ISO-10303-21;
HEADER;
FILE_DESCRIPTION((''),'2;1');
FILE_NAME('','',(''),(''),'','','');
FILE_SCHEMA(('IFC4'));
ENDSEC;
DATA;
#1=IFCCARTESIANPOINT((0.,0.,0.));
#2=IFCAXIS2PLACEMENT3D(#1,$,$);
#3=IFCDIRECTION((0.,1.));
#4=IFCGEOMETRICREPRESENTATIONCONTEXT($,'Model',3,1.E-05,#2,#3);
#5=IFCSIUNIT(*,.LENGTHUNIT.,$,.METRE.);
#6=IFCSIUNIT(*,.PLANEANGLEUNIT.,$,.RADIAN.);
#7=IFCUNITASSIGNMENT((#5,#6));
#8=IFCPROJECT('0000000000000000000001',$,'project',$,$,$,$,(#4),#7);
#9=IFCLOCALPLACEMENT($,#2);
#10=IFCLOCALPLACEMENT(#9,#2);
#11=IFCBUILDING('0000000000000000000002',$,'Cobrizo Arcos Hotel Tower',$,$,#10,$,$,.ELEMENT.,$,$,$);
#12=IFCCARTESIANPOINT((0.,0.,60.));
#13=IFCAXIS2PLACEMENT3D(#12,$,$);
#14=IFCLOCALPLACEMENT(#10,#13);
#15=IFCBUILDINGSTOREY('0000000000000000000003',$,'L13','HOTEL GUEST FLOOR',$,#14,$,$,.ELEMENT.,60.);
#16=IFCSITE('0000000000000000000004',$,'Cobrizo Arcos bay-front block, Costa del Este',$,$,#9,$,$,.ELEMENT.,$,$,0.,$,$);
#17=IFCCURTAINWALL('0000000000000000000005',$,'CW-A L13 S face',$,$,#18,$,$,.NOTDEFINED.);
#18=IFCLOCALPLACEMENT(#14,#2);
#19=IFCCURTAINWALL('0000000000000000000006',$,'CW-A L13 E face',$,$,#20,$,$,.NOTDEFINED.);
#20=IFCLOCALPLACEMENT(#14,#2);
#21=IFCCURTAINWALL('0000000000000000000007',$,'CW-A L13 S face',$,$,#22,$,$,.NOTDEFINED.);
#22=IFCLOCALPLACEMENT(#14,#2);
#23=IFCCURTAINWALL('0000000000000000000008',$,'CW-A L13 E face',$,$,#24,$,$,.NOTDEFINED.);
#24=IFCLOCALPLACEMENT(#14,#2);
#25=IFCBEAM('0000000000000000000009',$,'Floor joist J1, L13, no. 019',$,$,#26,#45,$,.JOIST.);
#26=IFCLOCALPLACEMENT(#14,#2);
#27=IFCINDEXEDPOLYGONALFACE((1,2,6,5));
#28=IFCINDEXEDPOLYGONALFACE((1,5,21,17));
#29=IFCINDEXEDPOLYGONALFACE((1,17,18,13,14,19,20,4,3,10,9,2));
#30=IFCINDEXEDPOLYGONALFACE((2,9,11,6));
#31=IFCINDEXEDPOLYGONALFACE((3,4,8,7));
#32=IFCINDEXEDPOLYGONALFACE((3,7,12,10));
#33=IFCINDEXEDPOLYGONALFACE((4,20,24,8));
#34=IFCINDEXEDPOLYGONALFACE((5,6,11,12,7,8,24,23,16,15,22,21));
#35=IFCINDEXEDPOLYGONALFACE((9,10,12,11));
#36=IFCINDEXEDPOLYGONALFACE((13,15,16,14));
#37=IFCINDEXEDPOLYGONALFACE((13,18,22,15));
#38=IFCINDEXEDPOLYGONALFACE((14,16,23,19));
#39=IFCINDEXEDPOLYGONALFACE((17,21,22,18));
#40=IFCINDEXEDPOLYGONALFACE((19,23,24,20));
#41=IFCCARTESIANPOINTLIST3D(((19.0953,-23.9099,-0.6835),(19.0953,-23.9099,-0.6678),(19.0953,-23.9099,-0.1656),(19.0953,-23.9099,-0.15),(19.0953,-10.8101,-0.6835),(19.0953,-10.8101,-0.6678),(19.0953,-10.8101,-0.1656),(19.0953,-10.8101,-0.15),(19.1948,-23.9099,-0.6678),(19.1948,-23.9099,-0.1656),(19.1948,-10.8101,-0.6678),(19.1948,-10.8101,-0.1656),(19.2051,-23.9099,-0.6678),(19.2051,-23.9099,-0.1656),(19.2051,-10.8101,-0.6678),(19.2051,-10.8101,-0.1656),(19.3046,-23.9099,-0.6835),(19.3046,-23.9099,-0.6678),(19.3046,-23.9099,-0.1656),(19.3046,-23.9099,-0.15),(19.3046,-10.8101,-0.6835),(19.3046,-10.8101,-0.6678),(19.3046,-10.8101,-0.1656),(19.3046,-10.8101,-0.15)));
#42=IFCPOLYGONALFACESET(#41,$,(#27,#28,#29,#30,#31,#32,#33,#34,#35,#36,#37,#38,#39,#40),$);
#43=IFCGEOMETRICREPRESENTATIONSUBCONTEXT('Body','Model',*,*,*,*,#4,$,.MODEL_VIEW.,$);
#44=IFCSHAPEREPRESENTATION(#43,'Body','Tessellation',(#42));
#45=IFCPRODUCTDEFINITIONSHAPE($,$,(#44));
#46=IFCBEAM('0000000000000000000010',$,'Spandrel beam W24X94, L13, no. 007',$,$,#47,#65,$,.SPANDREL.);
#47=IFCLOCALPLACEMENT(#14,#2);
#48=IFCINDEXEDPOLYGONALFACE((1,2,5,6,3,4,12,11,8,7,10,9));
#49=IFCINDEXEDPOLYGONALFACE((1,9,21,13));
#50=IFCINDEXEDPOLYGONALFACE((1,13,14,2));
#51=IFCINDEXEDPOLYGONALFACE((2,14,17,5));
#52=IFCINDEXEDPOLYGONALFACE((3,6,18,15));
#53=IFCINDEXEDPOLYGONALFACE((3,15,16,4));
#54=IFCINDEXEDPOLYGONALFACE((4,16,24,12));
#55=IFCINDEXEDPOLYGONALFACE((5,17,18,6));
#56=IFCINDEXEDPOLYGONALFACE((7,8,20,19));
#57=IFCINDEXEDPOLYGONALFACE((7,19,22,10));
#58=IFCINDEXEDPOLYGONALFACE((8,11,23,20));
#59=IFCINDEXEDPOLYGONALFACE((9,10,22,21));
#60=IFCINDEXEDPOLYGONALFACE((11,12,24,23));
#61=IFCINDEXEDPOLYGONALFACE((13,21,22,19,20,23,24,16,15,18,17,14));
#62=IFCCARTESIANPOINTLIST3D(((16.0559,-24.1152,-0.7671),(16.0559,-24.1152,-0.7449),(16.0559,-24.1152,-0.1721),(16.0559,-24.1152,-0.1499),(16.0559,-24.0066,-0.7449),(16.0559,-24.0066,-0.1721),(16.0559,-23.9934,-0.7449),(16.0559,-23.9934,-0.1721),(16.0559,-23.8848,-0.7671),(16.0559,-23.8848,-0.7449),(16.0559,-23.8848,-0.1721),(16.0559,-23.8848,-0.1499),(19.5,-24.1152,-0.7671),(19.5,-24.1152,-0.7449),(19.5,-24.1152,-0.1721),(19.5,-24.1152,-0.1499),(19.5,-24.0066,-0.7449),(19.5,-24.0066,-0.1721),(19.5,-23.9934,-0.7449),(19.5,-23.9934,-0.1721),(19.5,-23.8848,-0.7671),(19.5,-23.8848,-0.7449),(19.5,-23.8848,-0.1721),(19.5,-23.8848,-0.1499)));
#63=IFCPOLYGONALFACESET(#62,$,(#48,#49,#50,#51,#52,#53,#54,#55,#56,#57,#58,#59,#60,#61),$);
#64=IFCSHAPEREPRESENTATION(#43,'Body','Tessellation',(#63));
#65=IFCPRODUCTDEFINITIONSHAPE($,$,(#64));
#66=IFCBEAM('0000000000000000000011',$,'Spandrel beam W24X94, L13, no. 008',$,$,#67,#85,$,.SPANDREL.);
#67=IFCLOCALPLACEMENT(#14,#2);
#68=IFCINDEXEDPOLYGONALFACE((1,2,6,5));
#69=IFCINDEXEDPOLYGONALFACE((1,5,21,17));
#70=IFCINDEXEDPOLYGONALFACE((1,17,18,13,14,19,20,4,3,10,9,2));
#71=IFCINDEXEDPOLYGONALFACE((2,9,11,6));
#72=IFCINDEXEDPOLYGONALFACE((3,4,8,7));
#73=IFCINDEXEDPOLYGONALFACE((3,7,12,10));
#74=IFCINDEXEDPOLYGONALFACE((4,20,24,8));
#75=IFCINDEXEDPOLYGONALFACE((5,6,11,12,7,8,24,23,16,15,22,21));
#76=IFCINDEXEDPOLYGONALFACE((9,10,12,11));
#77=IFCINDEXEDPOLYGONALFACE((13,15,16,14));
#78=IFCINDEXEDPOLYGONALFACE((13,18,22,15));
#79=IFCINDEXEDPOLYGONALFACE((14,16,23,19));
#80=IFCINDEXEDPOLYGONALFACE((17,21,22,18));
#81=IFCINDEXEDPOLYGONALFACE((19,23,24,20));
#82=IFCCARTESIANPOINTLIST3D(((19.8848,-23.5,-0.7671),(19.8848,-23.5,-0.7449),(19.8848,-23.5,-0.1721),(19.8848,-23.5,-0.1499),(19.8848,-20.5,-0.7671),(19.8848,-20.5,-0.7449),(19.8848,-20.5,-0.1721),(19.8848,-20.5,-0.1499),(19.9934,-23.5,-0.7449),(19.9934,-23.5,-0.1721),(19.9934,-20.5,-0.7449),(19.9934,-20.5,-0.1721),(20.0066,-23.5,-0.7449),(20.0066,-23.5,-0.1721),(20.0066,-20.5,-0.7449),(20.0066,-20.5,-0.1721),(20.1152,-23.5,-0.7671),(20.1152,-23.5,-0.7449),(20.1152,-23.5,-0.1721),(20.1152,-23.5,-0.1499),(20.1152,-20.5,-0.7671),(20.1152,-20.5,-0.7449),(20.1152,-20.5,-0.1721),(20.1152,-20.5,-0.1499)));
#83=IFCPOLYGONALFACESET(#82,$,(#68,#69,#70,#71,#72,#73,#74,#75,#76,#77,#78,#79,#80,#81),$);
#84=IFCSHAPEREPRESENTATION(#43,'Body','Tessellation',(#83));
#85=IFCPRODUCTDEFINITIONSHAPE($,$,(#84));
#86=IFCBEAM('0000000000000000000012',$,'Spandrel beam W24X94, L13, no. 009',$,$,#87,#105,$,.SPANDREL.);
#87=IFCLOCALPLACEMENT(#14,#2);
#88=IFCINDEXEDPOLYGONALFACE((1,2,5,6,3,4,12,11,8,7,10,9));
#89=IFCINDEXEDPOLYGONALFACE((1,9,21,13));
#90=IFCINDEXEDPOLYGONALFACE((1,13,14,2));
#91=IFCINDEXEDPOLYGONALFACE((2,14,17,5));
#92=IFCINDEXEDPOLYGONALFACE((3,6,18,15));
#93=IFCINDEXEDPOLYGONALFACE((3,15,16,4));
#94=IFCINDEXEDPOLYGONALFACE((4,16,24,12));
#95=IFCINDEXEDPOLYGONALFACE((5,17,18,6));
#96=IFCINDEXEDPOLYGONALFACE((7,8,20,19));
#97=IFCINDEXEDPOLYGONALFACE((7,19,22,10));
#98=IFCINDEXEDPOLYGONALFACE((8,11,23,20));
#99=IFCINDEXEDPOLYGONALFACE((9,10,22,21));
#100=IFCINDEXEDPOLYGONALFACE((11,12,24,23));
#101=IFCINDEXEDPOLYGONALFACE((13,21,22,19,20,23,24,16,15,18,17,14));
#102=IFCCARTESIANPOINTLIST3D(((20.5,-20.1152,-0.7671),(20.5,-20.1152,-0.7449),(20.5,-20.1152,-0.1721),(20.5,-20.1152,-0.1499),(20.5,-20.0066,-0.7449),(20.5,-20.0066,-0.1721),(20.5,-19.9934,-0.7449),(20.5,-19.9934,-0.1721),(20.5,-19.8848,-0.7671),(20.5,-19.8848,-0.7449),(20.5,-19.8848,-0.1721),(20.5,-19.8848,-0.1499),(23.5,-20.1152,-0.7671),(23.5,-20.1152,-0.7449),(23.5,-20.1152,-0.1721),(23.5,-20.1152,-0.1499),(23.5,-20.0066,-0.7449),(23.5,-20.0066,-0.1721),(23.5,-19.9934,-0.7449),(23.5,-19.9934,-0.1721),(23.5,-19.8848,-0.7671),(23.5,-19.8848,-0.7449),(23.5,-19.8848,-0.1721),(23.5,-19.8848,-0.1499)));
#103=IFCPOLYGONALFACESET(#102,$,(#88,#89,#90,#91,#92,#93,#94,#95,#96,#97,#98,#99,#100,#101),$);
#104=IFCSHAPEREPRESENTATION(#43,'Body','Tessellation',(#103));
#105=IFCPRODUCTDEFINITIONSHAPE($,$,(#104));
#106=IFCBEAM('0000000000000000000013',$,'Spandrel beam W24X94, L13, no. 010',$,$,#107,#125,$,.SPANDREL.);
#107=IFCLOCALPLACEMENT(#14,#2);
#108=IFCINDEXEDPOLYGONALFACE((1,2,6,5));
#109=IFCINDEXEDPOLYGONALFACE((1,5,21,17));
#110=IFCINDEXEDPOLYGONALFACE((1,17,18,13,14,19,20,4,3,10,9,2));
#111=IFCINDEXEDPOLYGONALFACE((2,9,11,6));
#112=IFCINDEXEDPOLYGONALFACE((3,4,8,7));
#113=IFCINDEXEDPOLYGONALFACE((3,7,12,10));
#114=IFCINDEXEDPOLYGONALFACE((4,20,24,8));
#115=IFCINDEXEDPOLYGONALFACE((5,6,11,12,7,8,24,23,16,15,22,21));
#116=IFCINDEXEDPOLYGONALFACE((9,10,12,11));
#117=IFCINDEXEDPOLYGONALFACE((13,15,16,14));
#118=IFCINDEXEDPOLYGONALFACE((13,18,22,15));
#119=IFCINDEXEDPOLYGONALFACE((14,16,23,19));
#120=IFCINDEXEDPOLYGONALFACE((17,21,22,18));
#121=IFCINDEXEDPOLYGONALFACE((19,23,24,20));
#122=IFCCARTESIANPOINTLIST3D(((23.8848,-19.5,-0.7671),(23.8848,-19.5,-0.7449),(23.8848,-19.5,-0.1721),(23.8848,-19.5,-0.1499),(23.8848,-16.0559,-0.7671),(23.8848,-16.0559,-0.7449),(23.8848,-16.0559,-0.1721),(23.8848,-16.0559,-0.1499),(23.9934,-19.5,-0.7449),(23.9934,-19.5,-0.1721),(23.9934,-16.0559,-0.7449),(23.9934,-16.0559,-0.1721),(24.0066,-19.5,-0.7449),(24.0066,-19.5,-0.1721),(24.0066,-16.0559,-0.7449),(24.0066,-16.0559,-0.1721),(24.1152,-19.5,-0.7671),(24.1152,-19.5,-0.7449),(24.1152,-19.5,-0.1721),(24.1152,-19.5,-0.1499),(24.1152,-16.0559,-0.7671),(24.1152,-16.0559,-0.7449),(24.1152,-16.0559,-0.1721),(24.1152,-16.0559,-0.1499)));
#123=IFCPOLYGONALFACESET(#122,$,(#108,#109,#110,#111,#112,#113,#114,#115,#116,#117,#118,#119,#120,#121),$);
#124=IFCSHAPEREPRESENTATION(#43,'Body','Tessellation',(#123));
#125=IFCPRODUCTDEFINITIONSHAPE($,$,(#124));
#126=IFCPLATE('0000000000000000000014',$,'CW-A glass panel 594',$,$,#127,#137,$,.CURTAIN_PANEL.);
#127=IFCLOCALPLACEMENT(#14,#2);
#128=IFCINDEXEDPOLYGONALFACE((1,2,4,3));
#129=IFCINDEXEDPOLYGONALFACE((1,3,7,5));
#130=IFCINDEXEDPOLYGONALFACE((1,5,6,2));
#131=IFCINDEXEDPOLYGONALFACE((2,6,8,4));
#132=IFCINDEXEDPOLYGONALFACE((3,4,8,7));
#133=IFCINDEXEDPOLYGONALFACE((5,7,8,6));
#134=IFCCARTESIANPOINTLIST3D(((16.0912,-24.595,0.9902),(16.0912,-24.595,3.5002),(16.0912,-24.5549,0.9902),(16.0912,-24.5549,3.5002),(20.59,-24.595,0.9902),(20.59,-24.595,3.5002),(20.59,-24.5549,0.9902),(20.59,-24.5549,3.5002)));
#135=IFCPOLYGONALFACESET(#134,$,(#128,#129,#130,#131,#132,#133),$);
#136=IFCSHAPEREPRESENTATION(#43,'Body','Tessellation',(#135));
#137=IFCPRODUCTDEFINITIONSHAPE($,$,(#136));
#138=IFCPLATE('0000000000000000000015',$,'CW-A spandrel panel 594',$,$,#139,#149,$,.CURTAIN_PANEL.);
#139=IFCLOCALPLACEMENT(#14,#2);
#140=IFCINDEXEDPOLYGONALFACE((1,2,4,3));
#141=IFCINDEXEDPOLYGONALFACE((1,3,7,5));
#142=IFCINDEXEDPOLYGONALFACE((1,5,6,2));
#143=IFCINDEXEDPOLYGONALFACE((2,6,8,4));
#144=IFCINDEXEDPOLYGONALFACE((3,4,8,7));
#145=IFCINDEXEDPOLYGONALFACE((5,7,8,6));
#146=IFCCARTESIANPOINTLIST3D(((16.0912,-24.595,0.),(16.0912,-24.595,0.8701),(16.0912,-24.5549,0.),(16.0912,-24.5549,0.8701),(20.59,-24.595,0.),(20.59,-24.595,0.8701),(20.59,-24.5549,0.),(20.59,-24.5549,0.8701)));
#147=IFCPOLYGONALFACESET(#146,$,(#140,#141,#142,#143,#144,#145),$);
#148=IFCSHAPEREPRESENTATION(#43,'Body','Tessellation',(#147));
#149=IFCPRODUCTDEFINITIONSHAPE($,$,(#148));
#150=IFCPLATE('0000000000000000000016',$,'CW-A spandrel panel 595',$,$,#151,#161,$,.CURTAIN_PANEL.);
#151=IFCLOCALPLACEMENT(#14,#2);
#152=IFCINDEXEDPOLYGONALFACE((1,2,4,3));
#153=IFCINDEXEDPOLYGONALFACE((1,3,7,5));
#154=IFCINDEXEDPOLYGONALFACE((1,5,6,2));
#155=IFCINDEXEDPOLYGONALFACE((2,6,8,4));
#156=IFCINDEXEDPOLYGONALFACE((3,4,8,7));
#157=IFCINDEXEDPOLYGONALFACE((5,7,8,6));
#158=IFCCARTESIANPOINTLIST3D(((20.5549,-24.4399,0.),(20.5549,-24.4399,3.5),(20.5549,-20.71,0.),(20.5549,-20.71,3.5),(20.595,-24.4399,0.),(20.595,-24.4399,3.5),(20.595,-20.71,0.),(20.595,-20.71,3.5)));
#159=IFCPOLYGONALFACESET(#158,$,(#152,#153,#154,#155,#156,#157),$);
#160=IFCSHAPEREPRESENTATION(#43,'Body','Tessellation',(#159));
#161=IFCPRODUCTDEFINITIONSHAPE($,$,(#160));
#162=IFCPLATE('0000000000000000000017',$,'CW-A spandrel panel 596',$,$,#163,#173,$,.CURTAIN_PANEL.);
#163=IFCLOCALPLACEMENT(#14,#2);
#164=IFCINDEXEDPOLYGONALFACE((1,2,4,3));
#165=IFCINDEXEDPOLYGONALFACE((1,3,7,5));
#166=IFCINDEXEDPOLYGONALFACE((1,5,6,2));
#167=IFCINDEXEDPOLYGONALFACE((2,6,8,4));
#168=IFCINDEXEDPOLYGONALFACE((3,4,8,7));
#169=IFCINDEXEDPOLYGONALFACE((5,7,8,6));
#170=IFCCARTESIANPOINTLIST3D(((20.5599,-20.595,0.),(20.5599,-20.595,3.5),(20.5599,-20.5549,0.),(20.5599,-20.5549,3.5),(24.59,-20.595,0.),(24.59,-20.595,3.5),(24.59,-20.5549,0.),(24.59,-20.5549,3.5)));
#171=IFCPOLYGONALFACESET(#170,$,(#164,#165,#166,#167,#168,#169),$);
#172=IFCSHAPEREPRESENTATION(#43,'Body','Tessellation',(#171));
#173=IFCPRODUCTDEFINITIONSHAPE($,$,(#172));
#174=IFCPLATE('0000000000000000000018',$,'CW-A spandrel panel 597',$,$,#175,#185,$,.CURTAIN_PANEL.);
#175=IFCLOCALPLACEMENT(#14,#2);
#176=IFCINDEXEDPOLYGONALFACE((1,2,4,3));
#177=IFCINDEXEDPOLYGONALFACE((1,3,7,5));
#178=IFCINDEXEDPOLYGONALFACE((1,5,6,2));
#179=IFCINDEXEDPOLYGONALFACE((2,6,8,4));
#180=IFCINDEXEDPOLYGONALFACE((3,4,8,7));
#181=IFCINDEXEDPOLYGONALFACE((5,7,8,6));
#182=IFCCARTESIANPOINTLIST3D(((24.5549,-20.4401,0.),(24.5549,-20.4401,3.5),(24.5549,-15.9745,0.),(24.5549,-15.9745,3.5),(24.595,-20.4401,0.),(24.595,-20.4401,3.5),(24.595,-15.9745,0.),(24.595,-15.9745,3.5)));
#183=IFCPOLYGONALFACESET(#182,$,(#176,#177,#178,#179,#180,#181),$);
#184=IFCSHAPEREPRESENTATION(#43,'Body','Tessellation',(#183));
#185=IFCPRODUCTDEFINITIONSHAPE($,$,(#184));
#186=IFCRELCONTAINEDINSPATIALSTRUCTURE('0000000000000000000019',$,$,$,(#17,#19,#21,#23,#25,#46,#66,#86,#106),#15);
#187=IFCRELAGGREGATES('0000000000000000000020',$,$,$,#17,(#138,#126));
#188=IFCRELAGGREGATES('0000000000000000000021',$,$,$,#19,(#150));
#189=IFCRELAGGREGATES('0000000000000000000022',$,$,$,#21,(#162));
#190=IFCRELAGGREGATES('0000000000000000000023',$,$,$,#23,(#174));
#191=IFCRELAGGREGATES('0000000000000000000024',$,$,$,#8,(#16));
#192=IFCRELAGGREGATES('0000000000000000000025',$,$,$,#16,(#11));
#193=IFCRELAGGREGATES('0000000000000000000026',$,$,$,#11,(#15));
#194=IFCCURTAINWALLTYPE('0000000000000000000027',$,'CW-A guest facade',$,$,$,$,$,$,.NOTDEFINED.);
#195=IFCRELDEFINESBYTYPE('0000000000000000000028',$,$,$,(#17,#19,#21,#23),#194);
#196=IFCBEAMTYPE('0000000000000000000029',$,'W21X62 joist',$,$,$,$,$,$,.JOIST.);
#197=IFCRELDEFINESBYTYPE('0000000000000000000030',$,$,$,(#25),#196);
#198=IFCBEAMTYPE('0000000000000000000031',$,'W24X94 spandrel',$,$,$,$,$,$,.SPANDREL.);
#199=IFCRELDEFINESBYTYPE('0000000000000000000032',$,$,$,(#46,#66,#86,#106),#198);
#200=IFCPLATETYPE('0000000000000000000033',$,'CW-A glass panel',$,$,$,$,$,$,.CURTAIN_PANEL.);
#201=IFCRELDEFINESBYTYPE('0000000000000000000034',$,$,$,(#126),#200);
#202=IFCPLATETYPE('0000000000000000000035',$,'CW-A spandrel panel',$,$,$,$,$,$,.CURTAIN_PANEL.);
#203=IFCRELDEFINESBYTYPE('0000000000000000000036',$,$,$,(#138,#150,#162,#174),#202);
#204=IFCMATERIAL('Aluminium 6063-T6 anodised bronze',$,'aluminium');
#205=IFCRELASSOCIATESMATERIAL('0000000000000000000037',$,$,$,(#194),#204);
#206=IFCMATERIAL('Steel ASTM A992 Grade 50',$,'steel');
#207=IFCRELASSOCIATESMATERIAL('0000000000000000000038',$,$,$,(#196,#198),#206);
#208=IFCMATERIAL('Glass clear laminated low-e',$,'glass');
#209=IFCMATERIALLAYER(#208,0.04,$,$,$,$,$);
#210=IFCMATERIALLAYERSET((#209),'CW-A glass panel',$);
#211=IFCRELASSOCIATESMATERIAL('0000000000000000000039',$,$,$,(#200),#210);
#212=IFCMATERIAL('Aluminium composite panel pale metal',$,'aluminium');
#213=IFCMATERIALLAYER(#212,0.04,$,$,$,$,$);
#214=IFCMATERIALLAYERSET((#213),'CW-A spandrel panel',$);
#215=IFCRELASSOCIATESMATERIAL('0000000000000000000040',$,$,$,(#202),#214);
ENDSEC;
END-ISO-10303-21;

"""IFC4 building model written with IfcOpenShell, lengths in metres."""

from ifc_helpers import new_model, si_unit, direction, frame, origin, origin_2d, place, context, subcontext, project, spatial, rectangle, i_section, extrude, material, layer, layer_set, material_profile, profile_set, type_object, element, aggregate, save


model = new_model("IFC4")

# Units and contexts
model_context = context("Model", 3, precision=1e-05, world=origin(), true_north=direction((0.0, 1.0)))
body_context = subcontext(model_context, "Body", "Model", "MODEL_VIEW")
ifc_project = project(units=[si_unit("LENGTHUNIT", "METRE"), si_unit("PLANEANGLEUNIT", "RADIAN")], contexts=[model_context])

# Site, building, storey
site_placement = place(None, origin())
site = spatial("IfcSite", under=ifc_project, at=site_placement, Name="Cobrizo Arcos bay-front block, Costa del Este", CompositionType="ELEMENT", RefElevation=0.0)
building_placement = place(site_placement, origin())
building = spatial("IfcBuilding", under=site, at=building_placement, Name="Cobrizo Arcos Hotel Tower", CompositionType="ELEMENT")
storey_placement = place(building_placement, frame((0.0, 0.0, 60.0)))
storey = spatial("IfcBuildingStorey", under=building, at=storey_placement, Name="L13", Description="HOTEL GUEST FLOOR", CompositionType="ELEMENT", Elevation=60.0)

# Curtain walls
ifc_material_1 = material(Name="Aluminium 6063-T6 anodised bronze", Category="aluminium")
curtain_wall_type = type_object("IfcCurtainWallType", Name="CW-A guest facade", PredefinedType="NOTDEFINED", material=ifc_material_1)
curtain_wall_1_placement = place(storey_placement, origin())
curtain_wall_1 = element("IfcCurtainWall", 1, at=curtain_wall_1_placement, inside=storey, type_object=curtain_wall_type, Name="CW-A L13 S face", PredefinedType="NOTDEFINED")
curtain_wall_2_placement = place(storey_placement, origin())
curtain_wall_2 = element("IfcCurtainWall", 2, at=curtain_wall_2_placement, inside=storey, type_object=curtain_wall_type, Name="CW-A L13 E face", PredefinedType="NOTDEFINED")
curtain_wall_3_placement = place(storey_placement, origin())
curtain_wall_3 = element("IfcCurtainWall", 3, at=curtain_wall_3_placement, inside=storey, type_object=curtain_wall_type, Name="CW-A L13 S face", PredefinedType="NOTDEFINED")
curtain_wall_4_placement = place(storey_placement, origin())
curtain_wall_4 = element("IfcCurtainWall", 4, at=curtain_wall_4_placement, inside=storey, type_object=curtain_wall_type, Name="CW-A L13 E face", PredefinedType="NOTDEFINED")

# Beams
ifc_material_2 = material(Name="Steel ASTM A992 Grade 50", Category="steel")
ifc_material_profile_1 = material_profile(ifc_material_2, i_section(OverallWidth=0.2092, OverallDepth=0.5334, WebThickness=0.0103, FlangeThickness=0.0156, at=origin_2d()), Name="W21X62")
ifc_profile_set_1 = profile_set([ifc_material_profile_1], Name="Steel ASTM A992 Grade 50")
beam_type_1 = type_object("IfcBeamType", Name="W21X62 joist", PredefinedType="JOIST", material=ifc_profile_set_1)
beam_1_placement = place(storey_placement, frame((19.2, -23.9099, -0.4167), z_axis=(0.0, 1.0, 0.0), x_axis=(-1.0, 0.0, 0.0)))
element("IfcBeam", 5, at=beam_1_placement, inside=storey, type_object=beam_type_1, Name="Floor joist J1, L13, no. 019", PredefinedType="JOIST", context=body_context, shape_type="SweptSolid", body=[
    extrude(i_section(OverallWidth=0.2092, OverallDepth=0.5334, WebThickness=0.0103, FlangeThickness=0.0156, at=origin_2d()), origin(), (0.0, 0.0, 1.0), 13.0999),
])
ifc_material_profile_2 = material_profile(ifc_material_2, i_section(OverallWidth=0.2305, OverallDepth=0.6172, WebThickness=0.0132, FlangeThickness=0.0222, at=origin_2d()), Name="W24X94")
ifc_profile_set_2 = profile_set([ifc_material_profile_2], Name="Steel ASTM A992 Grade 50")
beam_type_2 = type_object("IfcBeamType", Name="W24X94 spandrel", PredefinedType="SPANDREL", material=ifc_profile_set_2)
beam_2_placement = place(storey_placement, frame((16.0559, -24.0, -0.4585), z_axis=(1.0, 0.0, 0.0), x_axis=(0.0, 1.0, 0.0)))
element("IfcBeam", 6, at=beam_2_placement, inside=storey, type_object=beam_type_2, Name="Spandrel beam W24X94, L13, no. 007", PredefinedType="SPANDREL", context=body_context, shape_type="SweptSolid", body=[
    extrude(i_section(OverallWidth=0.2305, OverallDepth=0.6172, WebThickness=0.0132, FlangeThickness=0.0222, at=origin_2d()), origin(), (0.0, 0.0, 1.0), 3.4441),
])
for number, where, z_axis, x_axis, name in (
    (7, (20.0, -23.5, -0.4585), (0.0, 1.0, 0.0), (-1.0, 0.0, 0.0), "Spandrel beam W24X94, L13, no. 008"),
    (8, (20.5, -20.0, -0.4585), (1.0, 0.0, 0.0), (0.0, 1.0, 0.0), "Spandrel beam W24X94, L13, no. 009"),
):
    element("IfcBeam", number, at=place(storey_placement, frame(where, z_axis=z_axis, x_axis=x_axis)), inside=storey, type_object=beam_type_2, Name=name, PredefinedType="SPANDREL", context=body_context, shape_type="SweptSolid", body=[
        extrude(i_section(OverallWidth=0.2305, OverallDepth=0.6172, WebThickness=0.0132, FlangeThickness=0.0222, at=origin_2d()), origin(), (0.0, 0.0, 1.0), 3.0),
    ])
beam_3_placement = place(storey_placement, frame((24.0, -19.5, -0.4585), z_axis=(0.0, 1.0, 0.0), x_axis=(-1.0, 0.0, 0.0)))
element("IfcBeam", 9, at=beam_3_placement, inside=storey, type_object=beam_type_2, Name="Spandrel beam W24X94, L13, no. 010", PredefinedType="SPANDREL", context=body_context, shape_type="SweptSolid", body=[
    extrude(i_section(OverallWidth=0.2305, OverallDepth=0.6172, WebThickness=0.0132, FlangeThickness=0.0222, at=origin_2d()), origin(), (0.0, 0.0, 1.0), 3.4441),
])

# Plates
ifc_material_3 = material(Name="Glass clear laminated low-e", Category="glass")
ifc_layer_1 = layer(ifc_material_3, 0.04)
ifc_layer_set_1 = layer_set([ifc_layer_1], Name="CW-A glass panel")
plate_type_1 = type_object("IfcPlateType", Name="CW-A glass panel", PredefinedType="CURTAIN_PANEL", material=ifc_layer_set_1)
plate_1_placement = place(storey_placement, frame((18.3406, -24.575, 0.9902), z_axis=(0.0, 0.0, 1.0), x_axis=(1.0, 0.0, 0.0)))
plate_1 = element("IfcPlate", 10, at=plate_1_placement, type_object=plate_type_1, Name="CW-A glass panel 594", PredefinedType="CURTAIN_PANEL", context=body_context, shape_type="SweptSolid", body=[
    extrude(rectangle(XDim=4.4988, YDim=0.04, at=origin_2d()), origin(), (0.0, 0.0, 1.0), 2.51),
])
ifc_material_4 = material(Name="Aluminium composite panel pale metal", Category="aluminium")
ifc_layer_2 = layer(ifc_material_4, 0.04)
ifc_layer_set_2 = layer_set([ifc_layer_2], Name="CW-A spandrel panel")
plate_type_2 = type_object("IfcPlateType", Name="CW-A spandrel panel", PredefinedType="CURTAIN_PANEL", material=ifc_layer_set_2)
plate_2_placement = place(storey_placement, frame((18.3406, -24.575, 0.0), z_axis=(0.0, 0.0, 1.0), x_axis=(1.0, 0.0, 0.0)))
plate_2 = element("IfcPlate", 11, at=plate_2_placement, type_object=plate_type_2, Name="CW-A spandrel panel 594", PredefinedType="CURTAIN_PANEL", context=body_context, shape_type="SweptSolid", body=[
    extrude(rectangle(XDim=4.4988, YDim=0.04, at=origin_2d()), origin(), (0.0, 0.0, 1.0), 0.8701),
])
aggregate(curtain_wall_1, [plate_2, plate_1])
plate_3_placement = place(storey_placement, frame((20.575, -22.575, 0.0), z_axis=(0.0, 0.0, 1.0), x_axis=(0.0, 1.0, 0.0)))
plate_3 = element("IfcPlate", 12, at=plate_3_placement, type_object=plate_type_2, Name="CW-A spandrel panel 595", PredefinedType="CURTAIN_PANEL", context=body_context, shape_type="SweptSolid", body=[
    extrude(rectangle(XDim=3.73, YDim=0.04, at=origin_2d()), origin(), (0.0, 0.0, 1.0), 3.5),
])
aggregate(curtain_wall_2, [plate_3])
plate_4_placement = place(storey_placement, frame((22.575, -20.575, 0.0), z_axis=(0.0, 0.0, 1.0), x_axis=(1.0, 0.0, 0.0)))
plate_4 = element("IfcPlate", 13, at=plate_4_placement, type_object=plate_type_2, Name="CW-A spandrel panel 596", PredefinedType="CURTAIN_PANEL", context=body_context, shape_type="SweptSolid", body=[
    extrude(rectangle(XDim=4.03, YDim=0.04, at=origin_2d()), origin(), (0.0, 0.0, 1.0), 3.5),
])
aggregate(curtain_wall_3, [plate_4])
plate_5_placement = place(storey_placement, frame((24.575, -18.2073, 0.0), z_axis=(0.0, 0.0, 1.0), x_axis=(0.0, 1.0, 0.0)))
plate_5 = element("IfcPlate", 14, at=plate_5_placement, type_object=plate_type_2, Name="CW-A spandrel panel 597", PredefinedType="CURTAIN_PANEL", context=body_context, shape_type="SweptSolid", body=[
    extrude(rectangle(XDim=4.4656, YDim=0.04, at=origin_2d()), origin(), (0.0, 0.0, 1.0), 3.5),
])
aggregate(curtain_wall_4, [plate_5])

save(model, "model.ifc")
